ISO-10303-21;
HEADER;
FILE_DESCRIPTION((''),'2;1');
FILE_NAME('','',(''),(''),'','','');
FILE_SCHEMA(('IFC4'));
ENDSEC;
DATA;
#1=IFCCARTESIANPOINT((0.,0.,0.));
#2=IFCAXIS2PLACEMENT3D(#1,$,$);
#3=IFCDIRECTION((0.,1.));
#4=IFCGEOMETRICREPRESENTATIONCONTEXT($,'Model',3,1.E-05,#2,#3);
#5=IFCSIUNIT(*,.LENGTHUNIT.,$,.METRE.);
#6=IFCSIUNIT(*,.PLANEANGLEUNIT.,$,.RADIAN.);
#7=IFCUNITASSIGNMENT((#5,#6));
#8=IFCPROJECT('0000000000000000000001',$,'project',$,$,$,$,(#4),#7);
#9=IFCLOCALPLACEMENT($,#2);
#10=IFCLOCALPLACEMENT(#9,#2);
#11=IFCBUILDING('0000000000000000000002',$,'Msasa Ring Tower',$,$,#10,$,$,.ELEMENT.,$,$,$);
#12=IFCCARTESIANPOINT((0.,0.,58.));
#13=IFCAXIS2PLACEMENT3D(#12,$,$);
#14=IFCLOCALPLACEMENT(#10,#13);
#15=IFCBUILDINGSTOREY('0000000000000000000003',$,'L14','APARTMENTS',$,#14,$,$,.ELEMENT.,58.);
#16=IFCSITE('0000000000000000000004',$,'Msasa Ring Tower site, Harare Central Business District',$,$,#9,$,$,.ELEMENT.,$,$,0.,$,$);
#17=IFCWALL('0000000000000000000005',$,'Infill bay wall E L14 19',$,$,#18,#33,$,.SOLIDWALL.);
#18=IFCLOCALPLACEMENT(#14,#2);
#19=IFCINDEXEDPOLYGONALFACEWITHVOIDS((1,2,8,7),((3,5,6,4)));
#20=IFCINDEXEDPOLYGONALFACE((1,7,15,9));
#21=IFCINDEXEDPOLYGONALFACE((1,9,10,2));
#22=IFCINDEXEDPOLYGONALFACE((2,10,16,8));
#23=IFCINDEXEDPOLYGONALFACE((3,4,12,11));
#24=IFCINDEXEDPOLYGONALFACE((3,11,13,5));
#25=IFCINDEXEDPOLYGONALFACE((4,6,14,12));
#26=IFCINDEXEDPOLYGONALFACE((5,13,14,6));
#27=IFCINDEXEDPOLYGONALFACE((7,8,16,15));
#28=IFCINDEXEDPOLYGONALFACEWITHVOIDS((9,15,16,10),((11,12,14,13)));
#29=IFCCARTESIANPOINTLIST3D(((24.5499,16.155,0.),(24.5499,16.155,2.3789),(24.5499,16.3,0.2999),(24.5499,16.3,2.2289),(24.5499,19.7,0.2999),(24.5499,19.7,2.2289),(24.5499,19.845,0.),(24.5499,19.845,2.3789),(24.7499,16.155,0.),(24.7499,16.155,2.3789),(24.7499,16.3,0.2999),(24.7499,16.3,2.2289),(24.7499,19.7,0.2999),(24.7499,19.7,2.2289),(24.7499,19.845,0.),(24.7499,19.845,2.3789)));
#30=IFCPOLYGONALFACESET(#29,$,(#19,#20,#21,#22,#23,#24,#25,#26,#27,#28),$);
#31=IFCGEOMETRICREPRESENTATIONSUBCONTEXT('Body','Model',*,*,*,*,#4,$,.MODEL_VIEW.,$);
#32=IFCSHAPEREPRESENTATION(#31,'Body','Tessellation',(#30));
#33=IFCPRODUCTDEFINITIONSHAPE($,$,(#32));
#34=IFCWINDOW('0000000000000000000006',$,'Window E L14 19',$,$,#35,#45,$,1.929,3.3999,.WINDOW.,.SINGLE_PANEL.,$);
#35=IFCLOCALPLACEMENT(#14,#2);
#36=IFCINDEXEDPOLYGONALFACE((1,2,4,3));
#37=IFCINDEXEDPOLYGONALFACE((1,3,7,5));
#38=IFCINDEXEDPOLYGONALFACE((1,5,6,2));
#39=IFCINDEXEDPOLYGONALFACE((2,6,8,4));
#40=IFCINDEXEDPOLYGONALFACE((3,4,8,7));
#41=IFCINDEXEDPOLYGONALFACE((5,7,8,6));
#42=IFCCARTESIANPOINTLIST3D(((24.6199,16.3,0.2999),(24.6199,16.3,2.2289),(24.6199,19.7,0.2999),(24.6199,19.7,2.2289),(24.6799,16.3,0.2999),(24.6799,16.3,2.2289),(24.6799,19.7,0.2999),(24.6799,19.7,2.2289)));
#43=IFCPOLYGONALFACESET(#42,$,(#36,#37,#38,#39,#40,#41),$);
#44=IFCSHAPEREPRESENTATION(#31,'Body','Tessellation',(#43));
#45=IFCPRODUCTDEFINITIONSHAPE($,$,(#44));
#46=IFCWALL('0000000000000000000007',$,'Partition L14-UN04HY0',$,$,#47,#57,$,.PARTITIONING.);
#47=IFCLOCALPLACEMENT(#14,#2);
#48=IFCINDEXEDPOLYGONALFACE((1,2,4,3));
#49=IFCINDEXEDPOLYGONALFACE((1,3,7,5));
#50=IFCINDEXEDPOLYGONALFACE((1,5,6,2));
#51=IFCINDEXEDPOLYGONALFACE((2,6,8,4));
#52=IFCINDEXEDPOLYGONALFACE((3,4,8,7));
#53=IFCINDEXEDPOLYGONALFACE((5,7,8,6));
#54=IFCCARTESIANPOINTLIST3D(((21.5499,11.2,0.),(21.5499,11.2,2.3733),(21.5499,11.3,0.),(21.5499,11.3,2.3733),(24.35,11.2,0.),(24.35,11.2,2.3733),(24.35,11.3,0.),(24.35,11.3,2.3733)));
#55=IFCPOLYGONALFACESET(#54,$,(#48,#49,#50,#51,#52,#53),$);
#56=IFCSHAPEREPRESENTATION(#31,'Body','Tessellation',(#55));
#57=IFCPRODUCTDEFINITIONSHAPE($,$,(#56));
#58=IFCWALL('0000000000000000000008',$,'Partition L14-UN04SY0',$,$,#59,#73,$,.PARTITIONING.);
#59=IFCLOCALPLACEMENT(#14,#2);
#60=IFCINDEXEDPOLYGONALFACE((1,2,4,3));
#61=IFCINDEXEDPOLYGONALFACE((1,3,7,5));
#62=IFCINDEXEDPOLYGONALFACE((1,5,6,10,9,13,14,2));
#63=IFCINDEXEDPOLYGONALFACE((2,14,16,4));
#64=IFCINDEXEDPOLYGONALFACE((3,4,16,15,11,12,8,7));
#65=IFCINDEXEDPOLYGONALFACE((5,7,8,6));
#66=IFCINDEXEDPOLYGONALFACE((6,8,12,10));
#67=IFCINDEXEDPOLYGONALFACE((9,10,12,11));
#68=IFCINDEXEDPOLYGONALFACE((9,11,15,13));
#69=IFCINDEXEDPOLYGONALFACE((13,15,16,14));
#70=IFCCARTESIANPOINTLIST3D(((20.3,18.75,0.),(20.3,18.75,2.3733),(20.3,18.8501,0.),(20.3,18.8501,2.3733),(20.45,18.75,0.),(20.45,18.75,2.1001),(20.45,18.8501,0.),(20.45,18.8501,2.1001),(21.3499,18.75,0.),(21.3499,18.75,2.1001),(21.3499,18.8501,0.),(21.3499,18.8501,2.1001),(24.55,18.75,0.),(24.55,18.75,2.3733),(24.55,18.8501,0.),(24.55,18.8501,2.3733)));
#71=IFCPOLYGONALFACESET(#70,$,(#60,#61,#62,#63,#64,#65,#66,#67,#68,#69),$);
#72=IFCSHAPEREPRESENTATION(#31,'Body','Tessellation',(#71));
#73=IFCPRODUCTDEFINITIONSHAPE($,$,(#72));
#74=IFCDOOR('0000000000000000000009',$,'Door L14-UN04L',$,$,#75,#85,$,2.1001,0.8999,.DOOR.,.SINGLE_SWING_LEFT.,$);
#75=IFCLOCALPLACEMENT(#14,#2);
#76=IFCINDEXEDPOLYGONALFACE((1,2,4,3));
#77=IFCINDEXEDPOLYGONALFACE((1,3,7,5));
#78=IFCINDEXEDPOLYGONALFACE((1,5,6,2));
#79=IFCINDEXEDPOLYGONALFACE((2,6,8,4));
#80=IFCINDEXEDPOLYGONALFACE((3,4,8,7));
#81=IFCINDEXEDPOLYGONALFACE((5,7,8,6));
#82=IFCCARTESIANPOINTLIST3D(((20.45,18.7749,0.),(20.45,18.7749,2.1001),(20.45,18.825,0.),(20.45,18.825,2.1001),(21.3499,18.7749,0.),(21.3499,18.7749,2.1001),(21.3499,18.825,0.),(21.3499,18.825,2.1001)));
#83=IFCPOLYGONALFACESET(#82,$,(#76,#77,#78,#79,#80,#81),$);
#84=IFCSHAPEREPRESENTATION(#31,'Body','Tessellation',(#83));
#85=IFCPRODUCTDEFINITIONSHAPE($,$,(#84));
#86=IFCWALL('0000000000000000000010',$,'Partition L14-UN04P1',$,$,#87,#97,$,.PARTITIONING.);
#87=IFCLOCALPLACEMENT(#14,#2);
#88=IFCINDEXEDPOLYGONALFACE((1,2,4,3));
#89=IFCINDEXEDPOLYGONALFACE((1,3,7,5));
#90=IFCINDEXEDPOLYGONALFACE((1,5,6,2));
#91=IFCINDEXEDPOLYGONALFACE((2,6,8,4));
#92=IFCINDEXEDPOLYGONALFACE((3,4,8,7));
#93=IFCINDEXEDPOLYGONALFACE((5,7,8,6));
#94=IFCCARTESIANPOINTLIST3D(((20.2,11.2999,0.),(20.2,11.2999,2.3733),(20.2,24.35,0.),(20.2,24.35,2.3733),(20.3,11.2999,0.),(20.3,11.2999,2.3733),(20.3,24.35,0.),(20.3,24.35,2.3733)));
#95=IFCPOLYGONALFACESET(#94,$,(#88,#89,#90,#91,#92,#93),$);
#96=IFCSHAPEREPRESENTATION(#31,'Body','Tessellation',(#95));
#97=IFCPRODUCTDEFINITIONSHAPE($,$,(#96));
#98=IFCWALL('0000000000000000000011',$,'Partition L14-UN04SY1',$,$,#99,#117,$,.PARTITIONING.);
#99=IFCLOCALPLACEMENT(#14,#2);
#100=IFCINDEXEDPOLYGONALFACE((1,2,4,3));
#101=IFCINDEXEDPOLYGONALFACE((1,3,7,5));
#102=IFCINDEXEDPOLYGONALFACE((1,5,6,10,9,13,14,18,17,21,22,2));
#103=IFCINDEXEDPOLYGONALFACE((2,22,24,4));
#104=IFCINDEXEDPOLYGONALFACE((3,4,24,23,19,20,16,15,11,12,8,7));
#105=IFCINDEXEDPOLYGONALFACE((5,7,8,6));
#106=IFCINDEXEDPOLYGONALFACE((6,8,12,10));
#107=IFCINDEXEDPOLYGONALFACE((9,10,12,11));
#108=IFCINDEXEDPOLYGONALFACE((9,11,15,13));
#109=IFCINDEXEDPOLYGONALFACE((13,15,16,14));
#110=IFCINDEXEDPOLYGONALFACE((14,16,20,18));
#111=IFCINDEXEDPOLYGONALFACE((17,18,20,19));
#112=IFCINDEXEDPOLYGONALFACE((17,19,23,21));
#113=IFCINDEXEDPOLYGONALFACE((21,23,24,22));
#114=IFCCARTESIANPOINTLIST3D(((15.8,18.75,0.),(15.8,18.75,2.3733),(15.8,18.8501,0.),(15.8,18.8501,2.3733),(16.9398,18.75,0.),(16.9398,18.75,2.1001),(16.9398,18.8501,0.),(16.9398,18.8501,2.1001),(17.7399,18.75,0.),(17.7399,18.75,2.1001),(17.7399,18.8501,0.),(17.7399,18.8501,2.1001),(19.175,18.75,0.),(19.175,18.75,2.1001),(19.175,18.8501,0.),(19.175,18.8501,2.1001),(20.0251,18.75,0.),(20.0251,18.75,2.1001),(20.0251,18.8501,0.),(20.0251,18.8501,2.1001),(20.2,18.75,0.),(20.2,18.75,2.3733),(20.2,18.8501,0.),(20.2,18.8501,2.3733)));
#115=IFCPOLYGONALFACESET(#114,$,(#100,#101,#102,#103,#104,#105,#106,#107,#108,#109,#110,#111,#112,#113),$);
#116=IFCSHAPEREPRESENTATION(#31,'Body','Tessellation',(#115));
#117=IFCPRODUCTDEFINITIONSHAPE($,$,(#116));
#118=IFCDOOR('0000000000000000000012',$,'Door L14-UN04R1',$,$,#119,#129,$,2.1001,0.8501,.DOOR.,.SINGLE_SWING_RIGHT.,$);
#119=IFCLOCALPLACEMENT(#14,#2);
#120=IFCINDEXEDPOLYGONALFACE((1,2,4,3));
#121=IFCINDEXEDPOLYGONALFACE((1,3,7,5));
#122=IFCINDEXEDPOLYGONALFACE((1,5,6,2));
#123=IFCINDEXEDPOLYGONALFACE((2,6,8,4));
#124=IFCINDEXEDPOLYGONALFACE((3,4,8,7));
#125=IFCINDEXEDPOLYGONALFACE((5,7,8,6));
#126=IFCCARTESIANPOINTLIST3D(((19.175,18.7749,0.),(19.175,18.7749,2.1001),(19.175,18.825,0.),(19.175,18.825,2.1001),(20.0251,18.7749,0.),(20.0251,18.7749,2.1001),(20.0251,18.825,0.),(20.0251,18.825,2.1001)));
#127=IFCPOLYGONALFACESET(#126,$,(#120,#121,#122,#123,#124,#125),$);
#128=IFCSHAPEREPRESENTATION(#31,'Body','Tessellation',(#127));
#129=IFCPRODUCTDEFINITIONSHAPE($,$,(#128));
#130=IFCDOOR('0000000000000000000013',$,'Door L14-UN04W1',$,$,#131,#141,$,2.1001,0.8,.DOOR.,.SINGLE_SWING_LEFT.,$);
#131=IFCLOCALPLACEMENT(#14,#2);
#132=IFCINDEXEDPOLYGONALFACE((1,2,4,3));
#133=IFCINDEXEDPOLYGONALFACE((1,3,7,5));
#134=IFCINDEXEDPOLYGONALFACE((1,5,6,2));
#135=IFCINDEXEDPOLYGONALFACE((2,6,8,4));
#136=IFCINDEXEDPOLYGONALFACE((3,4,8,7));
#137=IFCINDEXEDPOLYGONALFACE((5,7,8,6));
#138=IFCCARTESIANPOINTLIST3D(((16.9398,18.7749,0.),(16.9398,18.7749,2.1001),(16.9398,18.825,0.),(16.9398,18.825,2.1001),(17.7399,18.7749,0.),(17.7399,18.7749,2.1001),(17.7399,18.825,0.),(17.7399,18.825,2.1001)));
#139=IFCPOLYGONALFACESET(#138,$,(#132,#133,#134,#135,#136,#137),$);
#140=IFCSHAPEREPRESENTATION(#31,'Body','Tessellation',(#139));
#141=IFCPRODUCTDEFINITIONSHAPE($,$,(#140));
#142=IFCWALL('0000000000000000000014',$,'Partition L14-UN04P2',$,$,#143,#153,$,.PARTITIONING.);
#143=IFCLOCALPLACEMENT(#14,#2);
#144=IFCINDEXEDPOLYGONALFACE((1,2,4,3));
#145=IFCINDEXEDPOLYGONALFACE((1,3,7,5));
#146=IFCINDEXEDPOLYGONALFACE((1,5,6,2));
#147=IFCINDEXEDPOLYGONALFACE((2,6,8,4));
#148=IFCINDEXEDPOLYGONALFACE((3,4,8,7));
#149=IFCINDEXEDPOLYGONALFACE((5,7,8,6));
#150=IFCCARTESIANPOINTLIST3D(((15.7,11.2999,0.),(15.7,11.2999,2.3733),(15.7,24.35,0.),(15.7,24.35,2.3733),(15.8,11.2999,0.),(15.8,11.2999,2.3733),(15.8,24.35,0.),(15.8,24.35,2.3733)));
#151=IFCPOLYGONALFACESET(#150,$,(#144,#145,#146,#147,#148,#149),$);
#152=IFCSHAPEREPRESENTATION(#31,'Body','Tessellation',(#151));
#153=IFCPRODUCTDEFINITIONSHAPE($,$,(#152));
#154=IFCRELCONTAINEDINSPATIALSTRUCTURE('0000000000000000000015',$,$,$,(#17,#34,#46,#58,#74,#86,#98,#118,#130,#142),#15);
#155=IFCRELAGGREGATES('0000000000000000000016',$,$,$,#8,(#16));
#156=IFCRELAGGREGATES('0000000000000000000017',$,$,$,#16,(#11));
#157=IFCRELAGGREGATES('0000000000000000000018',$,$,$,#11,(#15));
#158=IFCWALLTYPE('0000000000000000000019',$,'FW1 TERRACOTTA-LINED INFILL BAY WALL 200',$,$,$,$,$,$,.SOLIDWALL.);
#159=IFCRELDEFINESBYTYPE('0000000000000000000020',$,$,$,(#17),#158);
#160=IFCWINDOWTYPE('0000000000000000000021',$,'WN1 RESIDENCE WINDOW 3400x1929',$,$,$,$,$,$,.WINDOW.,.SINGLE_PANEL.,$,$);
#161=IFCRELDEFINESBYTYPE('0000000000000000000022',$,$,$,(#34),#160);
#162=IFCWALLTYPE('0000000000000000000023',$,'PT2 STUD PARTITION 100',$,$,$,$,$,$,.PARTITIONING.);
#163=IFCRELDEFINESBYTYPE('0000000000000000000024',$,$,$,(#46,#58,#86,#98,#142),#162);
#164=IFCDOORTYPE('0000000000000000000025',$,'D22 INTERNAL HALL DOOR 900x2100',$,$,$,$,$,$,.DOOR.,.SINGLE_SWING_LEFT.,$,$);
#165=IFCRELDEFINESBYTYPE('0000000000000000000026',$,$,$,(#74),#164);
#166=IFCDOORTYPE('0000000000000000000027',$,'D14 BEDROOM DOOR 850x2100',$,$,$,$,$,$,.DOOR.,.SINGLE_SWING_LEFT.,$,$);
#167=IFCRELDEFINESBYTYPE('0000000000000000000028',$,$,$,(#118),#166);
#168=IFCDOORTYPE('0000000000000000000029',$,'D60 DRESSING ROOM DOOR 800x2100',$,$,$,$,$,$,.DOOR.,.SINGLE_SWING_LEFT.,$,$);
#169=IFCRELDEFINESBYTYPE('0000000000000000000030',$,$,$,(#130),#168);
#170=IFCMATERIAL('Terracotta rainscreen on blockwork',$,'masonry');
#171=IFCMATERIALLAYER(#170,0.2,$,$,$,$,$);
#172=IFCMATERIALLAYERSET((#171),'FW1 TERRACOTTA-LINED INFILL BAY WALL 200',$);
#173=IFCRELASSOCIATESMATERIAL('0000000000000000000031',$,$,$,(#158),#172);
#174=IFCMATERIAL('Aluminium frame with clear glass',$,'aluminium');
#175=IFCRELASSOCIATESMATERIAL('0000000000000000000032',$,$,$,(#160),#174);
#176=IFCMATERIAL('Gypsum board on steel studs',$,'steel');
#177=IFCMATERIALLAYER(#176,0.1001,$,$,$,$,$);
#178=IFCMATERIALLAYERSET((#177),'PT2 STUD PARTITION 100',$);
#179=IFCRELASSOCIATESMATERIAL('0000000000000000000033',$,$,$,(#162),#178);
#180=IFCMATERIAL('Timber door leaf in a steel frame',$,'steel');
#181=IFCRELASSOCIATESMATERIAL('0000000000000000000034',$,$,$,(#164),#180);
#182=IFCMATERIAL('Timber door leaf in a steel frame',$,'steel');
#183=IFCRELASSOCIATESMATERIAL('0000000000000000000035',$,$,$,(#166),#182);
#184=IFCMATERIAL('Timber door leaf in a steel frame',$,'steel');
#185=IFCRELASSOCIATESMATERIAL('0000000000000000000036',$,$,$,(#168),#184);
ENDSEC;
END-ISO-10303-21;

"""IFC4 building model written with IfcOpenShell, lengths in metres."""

from ifc_helpers import new_model, si_unit, direction, frame, frame_2d, origin, place, context, subcontext, project, spatial, rectangle, extrude, material, layer, layer_set, type_object, element, fill, save


model = new_model("IFC4")

# Units and contexts
model_context = context("Model", 3, precision=1e-05, world=origin(), true_north=direction((0.0, 1.0)))
body_context = subcontext(model_context, "Body", "Model", "MODEL_VIEW")
ifc_project = project(units=[si_unit("LENGTHUNIT", "METRE"), si_unit("PLANEANGLEUNIT", "RADIAN")], contexts=[model_context])

# Site, building, storey
site_placement = place(None, origin())
site = spatial("IfcSite", under=ifc_project, at=site_placement, Name="Msasa Ring Tower site, Harare Central Business District", CompositionType="ELEMENT", RefElevation=0.0)
building_placement = place(site_placement, origin())
building = spatial("IfcBuilding", under=site, at=building_placement, Name="Msasa Ring Tower", CompositionType="ELEMENT")
storey_placement = place(building_placement, frame((0.0, 0.0, 58.0)))
storey = spatial("IfcBuildingStorey", under=building, at=storey_placement, Name="L14", Description="APARTMENTS", CompositionType="ELEMENT", Elevation=58.0)

# Wall, opening, window
ifc_material_1 = material(Name="Terracotta rainscreen on blockwork", Category="masonry")
ifc_layer_1 = layer(ifc_material_1, 0.2)
ifc_layer_set_1 = layer_set([ifc_layer_1], Name="FW1 TERRACOTTA-LINED INFILL BAY WALL 200")
wall_type_1 = type_object("IfcWallType", Name="FW1 TERRACOTTA-LINED INFILL BAY WALL 200", PredefinedType="SOLIDWALL", material=ifc_layer_set_1)
ifc_material_2 = material(Name="Aluminium frame with clear glass", Category="aluminium")
window_type = type_object("IfcWindowType", Name="WN1 RESIDENCE WINDOW 3400x1929", PartitioningType="SINGLE_PANEL", PredefinedType="WINDOW", material=ifc_material_2)
wall_1_placement = place(storey_placement, frame((24.6499, 16.155, 0.0), z_axis=(0.0, 0.0, 1.0), x_axis=(0.0, 1.0, 0.0)))
wall_1 = element("IfcWall", 1, at=wall_1_placement, inside=storey, type_object=wall_type_1, Name="Infill bay wall E L14 19", PredefinedType="SOLIDWALL", context=body_context, shape_type="SweptSolid", body=[
    extrude(rectangle(XDim=3.6899, YDim=0.2, at=frame_2d((1.845, 0.0))), origin(), (0.0, 0.0, 1.0), 2.3789),
])
opening_1_placement = place(wall_1_placement, frame((0.145, 0.0, 0.3)))
opening_1 = element("IfcOpeningElement", 2, at=opening_1_placement, cuts=wall_1, PredefinedType="OPENING", context=body_context, shape_type="SweptSolid", body=[
    extrude(rectangle(XDim=3.3999, YDim=1.929, at=frame_2d((1.7, 0.9644))), frame((0.0, 0.1099, 0.0), z_axis=(0.0, -1.0, 0.0), x_axis=(1.0, 0.0, 0.0)), (0.0, 0.0, 1.0), 0.22),
])
window_1_placement = place(opening_1_placement, origin())
window_1 = element("IfcWindow", 3, at=window_1_placement, inside=storey, type_object=window_type, Name="Window E L14 19", OverallHeight=1.929, OverallWidth=3.3999, PartitioningType="SINGLE_PANEL", PredefinedType="WINDOW", context=body_context, shape_type="SweptSolid", body=[
    extrude(rectangle(XDim=3.3999, YDim=1.929, at=frame_2d((1.7, 0.9644))), frame((0.0, 0.03, 0.0), z_axis=(0.0, -1.0, 0.0), x_axis=(1.0, 0.0, 0.0)), (0.0, 0.0, 1.0), 0.0601),
])
fill(opening_1, window_1)

# Wall
ifc_material_3 = material(Name="Gypsum board on steel studs", Category="steel")
ifc_layer_2 = layer(ifc_material_3, 0.1001)
ifc_layer_set_2 = layer_set([ifc_layer_2], Name="PT2 STUD PARTITION 100")
wall_type_2 = type_object("IfcWallType", Name="PT2 STUD PARTITION 100", PredefinedType="PARTITIONING", material=ifc_layer_set_2)
wall_2_placement = place(storey_placement, frame((21.55, 11.25, 0.0), z_axis=(0.0, 0.0, 1.0), x_axis=(1.0, 0.0, 0.0)))
element("IfcWall", 4, at=wall_2_placement, inside=storey, type_object=wall_type_2, Name="Partition L14-UN04HY0", PredefinedType="PARTITIONING", context=body_context, shape_type="SweptSolid", body=[
    extrude(rectangle(XDim=2.8, YDim=0.1001, at=frame_2d((1.3999, 0.0))), origin(), (0.0, 0.0, 1.0), 2.3733),
])

# Wall, opening, door
wall_3_placement = place(storey_placement, frame((20.3, 18.8, 0.0), z_axis=(0.0, 0.0, 1.0), x_axis=(1.0, 0.0, 0.0)))
wall_3 = element("IfcWall", 5, at=wall_3_placement, inside=storey, type_object=wall_type_2, Name="Partition L14-UN04SY0", PredefinedType="PARTITIONING", context=body_context, shape_type="SweptSolid", body=[
    extrude(rectangle(XDim=4.25, YDim=0.1001, at=frame_2d((2.125, 0.0))), origin(), (0.0, 0.0, 1.0), 2.3733),
])
opening_2_placement = place(wall_3_placement, frame((0.1499, 0.0, 0.0)))
opening_2 = element("IfcOpeningElement", 6, at=opening_2_placement, cuts=wall_3, PredefinedType="OPENING", context=body_context, shape_type="SweptSolid", body=[
    extrude(rectangle(XDim=0.8999, YDim=2.1001, at=frame_2d((0.45, 1.05))), frame((0.0, 0.0601, 0.0), z_axis=(0.0, -1.0, 0.0), x_axis=(1.0, 0.0, 0.0)), (0.0, 0.0, 1.0), 0.1201),
])
ifc_material_4 = material(Name="Timber door leaf in a steel frame", Category="steel")
door_type_1 = type_object("IfcDoorType", Name="D22 INTERNAL HALL DOOR 900x2100", OperationType="SINGLE_SWING_LEFT", PredefinedType="DOOR", material=ifc_material_4)
door_1_placement = place(opening_2_placement, origin())
door_1 = element("IfcDoor", 7, at=door_1_placement, inside=storey, type_object=door_type_1, Name="Door L14-UN04L", OperationType="SINGLE_SWING_LEFT", OverallHeight=2.1001, OverallWidth=0.8999, PredefinedType="DOOR", context=body_context, shape_type="SweptSolid", body=[
    extrude(rectangle(XDim=0.8999, YDim=2.1001, at=frame_2d((0.45, 1.05))), frame((0.0, 0.0249, 0.0), z_axis=(0.0, -1.0, 0.0), x_axis=(1.0, 0.0, 0.0)), (0.0, 0.0, 1.0), 0.05),
])
fill(opening_2, door_1)

# Wall
wall_4_placement = place(storey_placement, frame((20.25, 11.3, 0.0), z_axis=(0.0, 0.0, 1.0), x_axis=(0.0, 1.0, 0.0)))
element("IfcWall", 8, at=wall_4_placement, inside=storey, type_object=wall_type_2, Name="Partition L14-UN04P1", PredefinedType="PARTITIONING", context=body_context, shape_type="SweptSolid", body=[
    extrude(rectangle(XDim=13.05, YDim=0.1001, at=frame_2d((6.5249, 0.0))), origin(), (0.0, 0.0, 1.0), 2.3733),
])

# Wall, openings, doors
wall_5_placement = place(storey_placement, frame((15.8, 18.8, 0.0), z_axis=(0.0, 0.0, 1.0), x_axis=(1.0, 0.0, 0.0)))
wall_5 = element("IfcWall", 9, at=wall_5_placement, inside=storey, type_object=wall_type_2, Name="Partition L14-UN04SY1", PredefinedType="PARTITIONING", context=body_context, shape_type="SweptSolid", body=[
    extrude(rectangle(XDim=4.3999, YDim=0.1001, at=frame_2d((2.2, 0.0))), origin(), (0.0, 0.0, 1.0), 2.3733),
])
opening_3_placement = place(wall_5_placement, frame((3.375, 0.0, 0.0)))
opening_3 = element("IfcOpeningElement", 10, at=opening_3_placement, cuts=wall_5, PredefinedType="OPENING", context=body_context, shape_type="SweptSolid", body=[
    extrude(rectangle(XDim=0.8501, YDim=2.1001, at=frame_2d((0.425, 1.05))), frame((0.0, 0.0601, 0.0), z_axis=(0.0, -1.0, 0.0), x_axis=(1.0, 0.0, 0.0)), (0.0, 0.0, 1.0), 0.1201),
])
opening_4_placement = place(wall_5_placement, frame((1.1399, 0.0, 0.0)))
opening_4 = element("IfcOpeningElement", 11, at=opening_4_placement, cuts=wall_5, PredefinedType="OPENING", context=body_context, shape_type="SweptSolid", body=[
    extrude(rectangle(XDim=0.8, YDim=2.1001, at=frame_2d((0.3999, 1.05))), frame((0.0, 0.0601, 0.0), z_axis=(0.0, -1.0, 0.0), x_axis=(1.0, 0.0, 0.0)), (0.0, 0.0, 1.0), 0.1201),
])
ifc_material_5 = material(Name="Timber door leaf in a steel frame", Category="steel")
door_type_2 = type_object("IfcDoorType", Name="D14 BEDROOM DOOR 850x2100", OperationType="SINGLE_SWING_LEFT", PredefinedType="DOOR", material=ifc_material_5)
door_2_placement = place(opening_3_placement, origin())
door_2 = element("IfcDoor", 12, at=door_2_placement, inside=storey, type_object=door_type_2, Name="Door L14-UN04R1", OperationType="SINGLE_SWING_RIGHT", OverallHeight=2.1001, OverallWidth=0.8501, PredefinedType="DOOR", context=body_context, shape_type="SweptSolid", body=[
    extrude(rectangle(XDim=0.8501, YDim=2.1001, at=frame_2d((0.425, 1.05))), frame((0.0, 0.0249, 0.0), z_axis=(0.0, -1.0, 0.0), x_axis=(1.0, 0.0, 0.0)), (0.0, 0.0, 1.0), 0.05),
])
fill(opening_3, door_2)
ifc_material_6 = material(Name="Timber door leaf in a steel frame", Category="steel")
door_type_3 = type_object("IfcDoorType", Name="D60 DRESSING ROOM DOOR 800x2100", OperationType="SINGLE_SWING_LEFT", PredefinedType="DOOR", material=ifc_material_6)
door_3_placement = place(opening_4_placement, origin())
door_3 = element("IfcDoor", 13, at=door_3_placement, inside=storey, type_object=door_type_3, Name="Door L14-UN04W1", OperationType="SINGLE_SWING_LEFT", OverallHeight=2.1001, OverallWidth=0.8, PredefinedType="DOOR", context=body_context, shape_type="SweptSolid", body=[
    extrude(rectangle(XDim=0.8, YDim=2.1001, at=frame_2d((0.3999, 1.05))), frame((0.0, 0.0249, 0.0), z_axis=(0.0, -1.0, 0.0), x_axis=(1.0, 0.0, 0.0)), (0.0, 0.0, 1.0), 0.05),
])
fill(opening_4, door_3)

# Wall
wall_6_placement = place(storey_placement, frame((15.75, 11.3, 0.0), z_axis=(0.0, 0.0, 1.0), x_axis=(0.0, 1.0, 0.0)))
element("IfcWall", 14, at=wall_6_placement, inside=storey, type_object=wall_type_2, Name="Partition L14-UN04P2", PredefinedType="PARTITIONING", context=body_context, shape_type="SweptSolid", body=[
    extrude(rectangle(XDim=13.05, YDim=0.1001, at=frame_2d((6.5249, 0.0))), origin(), (0.0, 0.0, 1.0), 2.3733),
])

save(model, "model.ifc")
